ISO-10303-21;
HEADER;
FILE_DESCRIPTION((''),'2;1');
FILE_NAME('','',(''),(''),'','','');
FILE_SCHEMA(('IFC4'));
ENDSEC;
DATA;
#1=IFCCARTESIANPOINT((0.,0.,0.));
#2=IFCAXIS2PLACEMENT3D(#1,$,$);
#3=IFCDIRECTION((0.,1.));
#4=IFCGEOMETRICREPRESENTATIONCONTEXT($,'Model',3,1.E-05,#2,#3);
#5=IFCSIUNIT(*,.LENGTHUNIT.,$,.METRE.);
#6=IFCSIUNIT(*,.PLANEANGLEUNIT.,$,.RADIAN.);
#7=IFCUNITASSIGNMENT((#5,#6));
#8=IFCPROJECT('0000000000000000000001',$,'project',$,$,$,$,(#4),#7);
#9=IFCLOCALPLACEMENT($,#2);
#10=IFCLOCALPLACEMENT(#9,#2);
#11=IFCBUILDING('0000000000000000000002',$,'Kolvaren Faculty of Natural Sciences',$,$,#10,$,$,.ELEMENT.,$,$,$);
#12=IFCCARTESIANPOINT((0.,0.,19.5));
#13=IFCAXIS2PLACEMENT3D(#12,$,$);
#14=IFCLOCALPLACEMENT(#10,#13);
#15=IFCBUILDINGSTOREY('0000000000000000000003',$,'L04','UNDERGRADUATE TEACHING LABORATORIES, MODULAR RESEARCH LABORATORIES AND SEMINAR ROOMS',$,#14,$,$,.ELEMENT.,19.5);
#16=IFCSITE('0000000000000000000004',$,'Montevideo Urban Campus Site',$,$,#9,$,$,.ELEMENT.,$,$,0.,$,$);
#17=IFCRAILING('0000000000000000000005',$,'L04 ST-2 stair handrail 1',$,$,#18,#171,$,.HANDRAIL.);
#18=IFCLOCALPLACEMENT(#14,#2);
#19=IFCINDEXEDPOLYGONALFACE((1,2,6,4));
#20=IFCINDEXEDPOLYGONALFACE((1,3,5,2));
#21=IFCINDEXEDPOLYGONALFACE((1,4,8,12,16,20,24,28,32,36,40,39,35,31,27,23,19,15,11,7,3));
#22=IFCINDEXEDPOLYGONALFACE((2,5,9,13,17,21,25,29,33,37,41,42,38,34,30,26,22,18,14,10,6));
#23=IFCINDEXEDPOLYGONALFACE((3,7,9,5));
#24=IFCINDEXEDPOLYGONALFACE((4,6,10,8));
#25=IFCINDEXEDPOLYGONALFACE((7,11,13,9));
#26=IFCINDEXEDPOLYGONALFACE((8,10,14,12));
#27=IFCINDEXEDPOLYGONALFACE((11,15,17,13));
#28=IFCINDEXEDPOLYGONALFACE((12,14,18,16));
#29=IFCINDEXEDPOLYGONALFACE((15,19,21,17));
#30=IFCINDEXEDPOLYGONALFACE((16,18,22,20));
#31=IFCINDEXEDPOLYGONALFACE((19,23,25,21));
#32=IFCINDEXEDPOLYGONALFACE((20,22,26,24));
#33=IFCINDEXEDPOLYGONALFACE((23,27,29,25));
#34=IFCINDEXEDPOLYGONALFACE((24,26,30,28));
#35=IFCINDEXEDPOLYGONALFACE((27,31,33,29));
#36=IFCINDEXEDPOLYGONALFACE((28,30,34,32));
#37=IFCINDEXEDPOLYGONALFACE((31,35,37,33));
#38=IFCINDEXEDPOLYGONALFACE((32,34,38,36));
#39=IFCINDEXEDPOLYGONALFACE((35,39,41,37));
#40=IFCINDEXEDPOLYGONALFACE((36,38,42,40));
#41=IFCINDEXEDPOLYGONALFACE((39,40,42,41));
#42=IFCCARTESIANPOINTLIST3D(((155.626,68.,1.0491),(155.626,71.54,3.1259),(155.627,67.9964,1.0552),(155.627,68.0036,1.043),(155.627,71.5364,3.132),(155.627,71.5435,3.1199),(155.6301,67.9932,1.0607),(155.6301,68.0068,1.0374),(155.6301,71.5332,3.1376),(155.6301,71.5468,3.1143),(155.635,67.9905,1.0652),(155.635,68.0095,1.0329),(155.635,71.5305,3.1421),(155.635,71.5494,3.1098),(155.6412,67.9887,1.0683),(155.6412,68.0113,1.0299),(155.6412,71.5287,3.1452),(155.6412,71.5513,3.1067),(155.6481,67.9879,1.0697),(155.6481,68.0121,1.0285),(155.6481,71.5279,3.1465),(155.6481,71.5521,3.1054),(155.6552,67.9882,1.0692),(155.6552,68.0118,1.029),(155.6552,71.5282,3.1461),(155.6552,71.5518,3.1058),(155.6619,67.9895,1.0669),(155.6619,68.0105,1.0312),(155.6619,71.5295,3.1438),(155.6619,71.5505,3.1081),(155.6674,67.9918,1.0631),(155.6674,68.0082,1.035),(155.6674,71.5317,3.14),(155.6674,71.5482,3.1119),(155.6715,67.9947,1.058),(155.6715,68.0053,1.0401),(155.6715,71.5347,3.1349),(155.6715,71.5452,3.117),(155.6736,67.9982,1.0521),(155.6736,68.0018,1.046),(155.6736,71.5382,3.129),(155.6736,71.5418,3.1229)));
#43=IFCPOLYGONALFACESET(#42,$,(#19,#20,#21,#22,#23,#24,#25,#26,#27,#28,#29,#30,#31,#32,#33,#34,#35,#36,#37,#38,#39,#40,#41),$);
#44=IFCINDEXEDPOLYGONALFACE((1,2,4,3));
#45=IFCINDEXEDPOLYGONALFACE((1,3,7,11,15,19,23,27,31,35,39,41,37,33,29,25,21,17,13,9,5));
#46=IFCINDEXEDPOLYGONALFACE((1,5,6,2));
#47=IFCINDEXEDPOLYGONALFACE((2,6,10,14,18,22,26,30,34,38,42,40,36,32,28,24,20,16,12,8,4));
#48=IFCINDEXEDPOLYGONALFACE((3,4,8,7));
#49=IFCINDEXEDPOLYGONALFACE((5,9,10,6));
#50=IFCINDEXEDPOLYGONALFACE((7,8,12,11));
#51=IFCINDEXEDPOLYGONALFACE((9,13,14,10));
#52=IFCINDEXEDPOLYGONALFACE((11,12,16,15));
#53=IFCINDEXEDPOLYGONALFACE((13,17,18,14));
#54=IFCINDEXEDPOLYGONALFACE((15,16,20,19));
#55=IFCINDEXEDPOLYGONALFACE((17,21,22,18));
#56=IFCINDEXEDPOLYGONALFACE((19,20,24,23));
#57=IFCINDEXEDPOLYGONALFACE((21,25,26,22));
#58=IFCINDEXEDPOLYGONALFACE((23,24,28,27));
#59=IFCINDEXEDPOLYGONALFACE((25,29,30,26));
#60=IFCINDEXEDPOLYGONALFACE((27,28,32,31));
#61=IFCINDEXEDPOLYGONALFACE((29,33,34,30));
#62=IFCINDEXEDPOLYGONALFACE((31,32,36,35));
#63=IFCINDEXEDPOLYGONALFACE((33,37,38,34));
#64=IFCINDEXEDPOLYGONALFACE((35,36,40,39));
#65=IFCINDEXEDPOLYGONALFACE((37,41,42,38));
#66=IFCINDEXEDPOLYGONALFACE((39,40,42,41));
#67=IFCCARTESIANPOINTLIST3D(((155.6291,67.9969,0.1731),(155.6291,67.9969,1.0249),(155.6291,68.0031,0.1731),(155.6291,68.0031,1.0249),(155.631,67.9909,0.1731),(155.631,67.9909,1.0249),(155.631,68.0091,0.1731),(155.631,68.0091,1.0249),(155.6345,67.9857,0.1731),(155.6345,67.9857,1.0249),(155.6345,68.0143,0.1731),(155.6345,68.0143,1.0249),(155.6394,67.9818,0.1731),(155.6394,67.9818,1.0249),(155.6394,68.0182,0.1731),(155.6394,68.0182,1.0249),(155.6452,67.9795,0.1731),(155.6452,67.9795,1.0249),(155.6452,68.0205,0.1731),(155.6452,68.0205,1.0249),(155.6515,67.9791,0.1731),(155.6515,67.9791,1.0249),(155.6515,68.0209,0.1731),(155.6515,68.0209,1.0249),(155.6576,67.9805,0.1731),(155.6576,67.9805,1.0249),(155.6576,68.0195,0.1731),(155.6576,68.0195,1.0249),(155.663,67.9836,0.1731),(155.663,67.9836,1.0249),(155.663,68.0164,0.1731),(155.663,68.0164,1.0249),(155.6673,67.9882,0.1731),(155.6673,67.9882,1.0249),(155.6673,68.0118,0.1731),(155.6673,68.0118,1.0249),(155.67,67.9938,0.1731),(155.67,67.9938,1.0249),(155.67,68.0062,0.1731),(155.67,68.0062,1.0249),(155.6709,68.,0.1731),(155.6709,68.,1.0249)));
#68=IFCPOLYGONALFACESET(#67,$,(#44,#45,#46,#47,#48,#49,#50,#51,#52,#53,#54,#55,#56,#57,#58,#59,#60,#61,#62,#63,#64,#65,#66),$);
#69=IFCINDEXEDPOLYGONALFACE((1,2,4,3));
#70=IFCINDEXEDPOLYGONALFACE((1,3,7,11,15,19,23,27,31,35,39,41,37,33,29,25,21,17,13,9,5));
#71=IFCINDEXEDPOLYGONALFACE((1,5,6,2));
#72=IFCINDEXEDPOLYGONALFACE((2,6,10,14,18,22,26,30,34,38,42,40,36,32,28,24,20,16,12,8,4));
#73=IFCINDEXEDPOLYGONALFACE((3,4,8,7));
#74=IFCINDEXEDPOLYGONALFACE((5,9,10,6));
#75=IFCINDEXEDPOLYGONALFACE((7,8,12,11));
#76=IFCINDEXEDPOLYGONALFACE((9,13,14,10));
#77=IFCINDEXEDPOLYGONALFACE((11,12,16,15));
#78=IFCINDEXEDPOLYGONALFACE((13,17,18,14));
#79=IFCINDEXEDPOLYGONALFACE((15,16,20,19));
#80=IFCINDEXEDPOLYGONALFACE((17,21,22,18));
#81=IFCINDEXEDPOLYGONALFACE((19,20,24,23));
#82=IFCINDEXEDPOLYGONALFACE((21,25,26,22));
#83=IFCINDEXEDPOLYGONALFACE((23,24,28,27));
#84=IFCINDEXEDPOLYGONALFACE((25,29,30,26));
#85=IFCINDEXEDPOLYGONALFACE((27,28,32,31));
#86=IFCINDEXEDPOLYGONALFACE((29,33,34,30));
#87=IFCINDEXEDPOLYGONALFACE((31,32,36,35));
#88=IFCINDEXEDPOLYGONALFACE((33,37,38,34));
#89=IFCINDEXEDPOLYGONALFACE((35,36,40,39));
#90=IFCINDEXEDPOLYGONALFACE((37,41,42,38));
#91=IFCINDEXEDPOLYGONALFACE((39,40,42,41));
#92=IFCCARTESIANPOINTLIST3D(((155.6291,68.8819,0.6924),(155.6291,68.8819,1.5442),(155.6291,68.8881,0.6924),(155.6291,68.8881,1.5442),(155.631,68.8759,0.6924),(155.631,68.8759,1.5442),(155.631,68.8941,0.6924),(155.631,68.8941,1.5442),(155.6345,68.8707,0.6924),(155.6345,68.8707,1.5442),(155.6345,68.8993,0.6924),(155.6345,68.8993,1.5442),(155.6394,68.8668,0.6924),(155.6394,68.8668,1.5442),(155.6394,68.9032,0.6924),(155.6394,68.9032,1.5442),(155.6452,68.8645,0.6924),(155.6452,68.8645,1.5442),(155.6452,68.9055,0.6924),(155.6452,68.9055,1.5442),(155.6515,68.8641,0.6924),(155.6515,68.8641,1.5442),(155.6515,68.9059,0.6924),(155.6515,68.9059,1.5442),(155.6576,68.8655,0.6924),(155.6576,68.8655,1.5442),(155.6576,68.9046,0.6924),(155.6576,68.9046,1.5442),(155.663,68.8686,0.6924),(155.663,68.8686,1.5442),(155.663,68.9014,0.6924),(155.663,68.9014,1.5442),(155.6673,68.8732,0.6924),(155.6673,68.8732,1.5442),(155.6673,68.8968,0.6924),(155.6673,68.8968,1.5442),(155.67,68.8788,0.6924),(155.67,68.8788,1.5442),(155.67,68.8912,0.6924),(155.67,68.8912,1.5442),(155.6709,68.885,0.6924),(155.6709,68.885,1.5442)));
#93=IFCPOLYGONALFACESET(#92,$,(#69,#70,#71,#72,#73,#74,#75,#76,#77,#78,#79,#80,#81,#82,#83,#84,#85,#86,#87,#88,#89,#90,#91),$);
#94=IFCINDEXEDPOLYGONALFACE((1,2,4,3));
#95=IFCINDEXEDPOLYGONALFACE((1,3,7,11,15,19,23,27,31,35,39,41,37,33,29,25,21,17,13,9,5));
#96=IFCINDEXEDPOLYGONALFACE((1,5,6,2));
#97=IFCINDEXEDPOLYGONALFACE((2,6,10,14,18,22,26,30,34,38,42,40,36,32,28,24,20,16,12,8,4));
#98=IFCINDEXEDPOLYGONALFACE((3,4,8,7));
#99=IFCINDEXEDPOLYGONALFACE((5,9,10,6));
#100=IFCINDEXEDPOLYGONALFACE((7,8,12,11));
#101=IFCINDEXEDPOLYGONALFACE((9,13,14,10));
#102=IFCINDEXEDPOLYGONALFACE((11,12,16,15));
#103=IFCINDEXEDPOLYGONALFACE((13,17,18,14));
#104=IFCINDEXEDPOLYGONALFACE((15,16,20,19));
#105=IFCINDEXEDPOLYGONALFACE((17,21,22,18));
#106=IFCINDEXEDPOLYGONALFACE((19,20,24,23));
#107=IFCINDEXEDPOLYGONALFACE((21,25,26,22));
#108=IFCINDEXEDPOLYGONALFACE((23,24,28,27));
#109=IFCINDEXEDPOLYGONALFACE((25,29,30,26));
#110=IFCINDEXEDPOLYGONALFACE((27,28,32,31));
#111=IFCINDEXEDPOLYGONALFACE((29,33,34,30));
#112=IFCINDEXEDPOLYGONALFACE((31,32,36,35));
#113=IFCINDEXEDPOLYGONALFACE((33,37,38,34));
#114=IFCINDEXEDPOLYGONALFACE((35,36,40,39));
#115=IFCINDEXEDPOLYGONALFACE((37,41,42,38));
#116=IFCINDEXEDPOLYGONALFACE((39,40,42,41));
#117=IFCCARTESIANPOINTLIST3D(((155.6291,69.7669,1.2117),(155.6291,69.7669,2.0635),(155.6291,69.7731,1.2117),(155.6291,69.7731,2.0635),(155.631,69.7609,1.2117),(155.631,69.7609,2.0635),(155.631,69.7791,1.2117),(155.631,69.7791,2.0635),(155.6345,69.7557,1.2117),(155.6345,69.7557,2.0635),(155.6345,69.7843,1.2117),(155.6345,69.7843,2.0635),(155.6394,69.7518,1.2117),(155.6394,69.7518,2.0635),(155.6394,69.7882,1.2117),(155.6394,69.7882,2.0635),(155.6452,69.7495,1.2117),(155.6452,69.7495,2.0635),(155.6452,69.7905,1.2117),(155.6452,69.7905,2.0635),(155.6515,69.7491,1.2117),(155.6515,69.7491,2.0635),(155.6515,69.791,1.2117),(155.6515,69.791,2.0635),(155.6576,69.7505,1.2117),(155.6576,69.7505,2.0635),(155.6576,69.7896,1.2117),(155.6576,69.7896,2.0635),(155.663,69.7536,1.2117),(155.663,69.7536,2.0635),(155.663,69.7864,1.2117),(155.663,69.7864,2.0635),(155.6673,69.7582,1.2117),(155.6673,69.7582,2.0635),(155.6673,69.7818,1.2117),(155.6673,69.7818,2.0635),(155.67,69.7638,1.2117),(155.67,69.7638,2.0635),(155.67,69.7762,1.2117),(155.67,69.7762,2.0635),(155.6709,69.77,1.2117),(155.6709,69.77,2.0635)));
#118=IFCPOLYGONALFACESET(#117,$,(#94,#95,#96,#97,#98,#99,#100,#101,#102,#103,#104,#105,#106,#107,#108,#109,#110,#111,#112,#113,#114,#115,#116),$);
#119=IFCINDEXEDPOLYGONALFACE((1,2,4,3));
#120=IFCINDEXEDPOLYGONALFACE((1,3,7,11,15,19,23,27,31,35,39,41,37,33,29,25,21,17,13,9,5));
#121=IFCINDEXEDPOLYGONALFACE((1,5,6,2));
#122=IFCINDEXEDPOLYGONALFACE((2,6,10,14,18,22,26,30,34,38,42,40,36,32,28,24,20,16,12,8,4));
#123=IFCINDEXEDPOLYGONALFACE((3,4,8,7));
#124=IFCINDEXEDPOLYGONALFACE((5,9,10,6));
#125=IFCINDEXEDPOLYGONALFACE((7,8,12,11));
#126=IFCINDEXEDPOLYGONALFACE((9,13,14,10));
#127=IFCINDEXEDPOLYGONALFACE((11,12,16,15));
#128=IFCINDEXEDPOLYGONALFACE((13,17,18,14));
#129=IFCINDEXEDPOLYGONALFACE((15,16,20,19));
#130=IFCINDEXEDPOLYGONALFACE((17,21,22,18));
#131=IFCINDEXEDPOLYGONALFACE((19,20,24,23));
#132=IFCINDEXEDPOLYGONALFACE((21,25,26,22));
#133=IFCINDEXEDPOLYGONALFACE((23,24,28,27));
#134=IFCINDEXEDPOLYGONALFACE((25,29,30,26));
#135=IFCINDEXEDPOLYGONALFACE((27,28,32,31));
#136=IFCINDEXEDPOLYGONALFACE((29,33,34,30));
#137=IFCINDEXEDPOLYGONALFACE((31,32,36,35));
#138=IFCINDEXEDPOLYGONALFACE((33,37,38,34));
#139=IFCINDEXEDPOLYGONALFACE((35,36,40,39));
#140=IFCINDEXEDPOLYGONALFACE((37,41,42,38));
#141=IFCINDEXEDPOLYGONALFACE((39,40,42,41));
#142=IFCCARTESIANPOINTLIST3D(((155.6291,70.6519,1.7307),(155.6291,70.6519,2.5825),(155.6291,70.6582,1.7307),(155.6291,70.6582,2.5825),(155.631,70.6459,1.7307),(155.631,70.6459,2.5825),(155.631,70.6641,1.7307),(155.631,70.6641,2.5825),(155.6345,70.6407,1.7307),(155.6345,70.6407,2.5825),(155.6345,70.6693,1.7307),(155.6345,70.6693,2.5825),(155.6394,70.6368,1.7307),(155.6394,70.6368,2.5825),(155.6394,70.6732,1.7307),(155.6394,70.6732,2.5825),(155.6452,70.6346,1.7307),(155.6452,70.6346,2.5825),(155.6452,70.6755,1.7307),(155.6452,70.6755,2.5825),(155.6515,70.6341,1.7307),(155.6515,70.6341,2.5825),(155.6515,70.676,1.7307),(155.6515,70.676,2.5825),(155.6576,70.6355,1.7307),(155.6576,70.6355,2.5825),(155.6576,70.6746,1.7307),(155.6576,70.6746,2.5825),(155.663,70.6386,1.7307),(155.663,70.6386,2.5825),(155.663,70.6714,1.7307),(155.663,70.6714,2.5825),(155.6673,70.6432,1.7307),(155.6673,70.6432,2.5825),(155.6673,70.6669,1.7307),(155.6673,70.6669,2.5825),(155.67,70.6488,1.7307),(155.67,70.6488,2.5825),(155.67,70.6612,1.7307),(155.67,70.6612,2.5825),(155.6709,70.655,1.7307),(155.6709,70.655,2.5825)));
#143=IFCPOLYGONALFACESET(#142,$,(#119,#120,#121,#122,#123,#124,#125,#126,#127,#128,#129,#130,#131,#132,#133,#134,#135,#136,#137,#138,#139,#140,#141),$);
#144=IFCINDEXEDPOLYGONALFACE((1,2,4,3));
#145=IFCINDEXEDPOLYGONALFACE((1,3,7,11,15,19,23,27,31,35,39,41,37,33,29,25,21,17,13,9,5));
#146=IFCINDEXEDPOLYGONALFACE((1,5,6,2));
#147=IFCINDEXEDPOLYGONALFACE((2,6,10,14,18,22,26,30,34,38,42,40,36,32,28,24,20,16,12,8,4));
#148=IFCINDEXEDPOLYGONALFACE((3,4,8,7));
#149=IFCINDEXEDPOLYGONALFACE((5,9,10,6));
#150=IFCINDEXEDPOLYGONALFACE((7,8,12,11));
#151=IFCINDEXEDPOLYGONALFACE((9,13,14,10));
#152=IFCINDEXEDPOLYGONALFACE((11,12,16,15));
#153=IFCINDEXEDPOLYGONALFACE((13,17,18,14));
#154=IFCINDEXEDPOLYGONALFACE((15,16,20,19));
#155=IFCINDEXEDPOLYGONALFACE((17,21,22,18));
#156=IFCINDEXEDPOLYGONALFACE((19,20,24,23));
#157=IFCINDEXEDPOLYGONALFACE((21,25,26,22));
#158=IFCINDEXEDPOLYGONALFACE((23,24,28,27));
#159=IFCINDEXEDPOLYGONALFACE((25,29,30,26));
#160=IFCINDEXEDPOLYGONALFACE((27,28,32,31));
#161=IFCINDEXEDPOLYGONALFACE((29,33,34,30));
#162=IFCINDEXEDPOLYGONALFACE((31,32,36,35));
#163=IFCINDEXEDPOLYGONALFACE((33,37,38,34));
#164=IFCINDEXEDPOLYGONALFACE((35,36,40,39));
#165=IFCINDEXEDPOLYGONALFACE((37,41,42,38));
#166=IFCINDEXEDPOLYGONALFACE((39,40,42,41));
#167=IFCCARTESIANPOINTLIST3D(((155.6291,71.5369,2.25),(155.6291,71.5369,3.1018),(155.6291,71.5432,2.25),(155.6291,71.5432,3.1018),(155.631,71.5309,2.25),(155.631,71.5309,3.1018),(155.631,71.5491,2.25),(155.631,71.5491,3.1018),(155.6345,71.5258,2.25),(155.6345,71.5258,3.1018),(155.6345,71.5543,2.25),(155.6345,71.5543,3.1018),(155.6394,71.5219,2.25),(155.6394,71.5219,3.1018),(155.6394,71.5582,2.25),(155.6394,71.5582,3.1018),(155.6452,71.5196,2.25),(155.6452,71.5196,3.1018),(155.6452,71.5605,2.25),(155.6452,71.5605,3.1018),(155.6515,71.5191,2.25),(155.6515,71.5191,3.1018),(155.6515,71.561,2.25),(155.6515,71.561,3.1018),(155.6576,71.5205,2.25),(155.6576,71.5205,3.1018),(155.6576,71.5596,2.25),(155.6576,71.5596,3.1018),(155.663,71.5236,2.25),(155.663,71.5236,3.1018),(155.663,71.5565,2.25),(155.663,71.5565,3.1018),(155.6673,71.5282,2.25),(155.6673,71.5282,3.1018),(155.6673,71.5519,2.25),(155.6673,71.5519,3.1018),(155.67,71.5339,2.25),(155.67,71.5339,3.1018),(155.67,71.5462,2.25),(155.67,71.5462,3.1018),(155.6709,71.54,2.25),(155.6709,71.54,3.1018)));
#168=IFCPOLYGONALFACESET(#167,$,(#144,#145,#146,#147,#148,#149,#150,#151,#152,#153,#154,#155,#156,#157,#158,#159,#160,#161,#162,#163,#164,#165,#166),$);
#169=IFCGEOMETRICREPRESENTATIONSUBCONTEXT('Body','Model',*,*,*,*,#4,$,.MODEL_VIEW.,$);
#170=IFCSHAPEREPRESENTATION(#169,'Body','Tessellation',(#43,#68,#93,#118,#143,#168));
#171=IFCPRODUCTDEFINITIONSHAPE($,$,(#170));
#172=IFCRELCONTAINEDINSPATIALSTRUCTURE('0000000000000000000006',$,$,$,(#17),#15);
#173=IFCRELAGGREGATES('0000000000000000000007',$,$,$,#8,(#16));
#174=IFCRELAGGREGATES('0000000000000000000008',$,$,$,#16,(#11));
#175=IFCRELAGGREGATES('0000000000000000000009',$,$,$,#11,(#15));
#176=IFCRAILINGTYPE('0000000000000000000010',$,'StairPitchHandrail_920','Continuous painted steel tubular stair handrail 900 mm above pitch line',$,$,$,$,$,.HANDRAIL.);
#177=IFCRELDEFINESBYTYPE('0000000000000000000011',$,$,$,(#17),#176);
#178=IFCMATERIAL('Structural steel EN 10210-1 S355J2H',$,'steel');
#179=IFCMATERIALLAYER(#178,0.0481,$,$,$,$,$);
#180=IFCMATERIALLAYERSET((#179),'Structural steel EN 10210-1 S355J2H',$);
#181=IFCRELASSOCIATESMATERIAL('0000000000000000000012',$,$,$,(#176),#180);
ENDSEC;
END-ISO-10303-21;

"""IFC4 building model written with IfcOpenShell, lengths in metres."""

from ifc_helpers import new_model, si_unit, direction, frame, origin, origin_2d, place, context, subcontext, project, spatial, circle, extrude, material, layer, layer_set, type_object, element, save


model = new_model("IFC4")

# Units and contexts
model_context = context("Model", 3, precision=1e-05, world=origin(), true_north=direction((0.0, 1.0)))
body_context = subcontext(model_context, "Body", "Model", "MODEL_VIEW")
ifc_project = project(units=[si_unit("LENGTHUNIT", "METRE"), si_unit("PLANEANGLEUNIT", "RADIAN")], contexts=[model_context])

# Site, building, storey
site_placement = place(None, origin())
site = spatial("IfcSite", under=ifc_project, at=site_placement, Name="Montevideo Urban Campus Site", CompositionType="ELEMENT", RefElevation=0.0)
building_placement = place(site_placement, origin())
building = spatial("IfcBuilding", under=site, at=building_placement, Name="Kolvaren Faculty of Natural Sciences", CompositionType="ELEMENT")
storey_placement = place(building_placement, frame((0.0, 0.0, 19.5)))
storey = spatial("IfcBuildingStorey", under=building, at=storey_placement, Name="L04", Description="UNDERGRADUATE TEACHING LABORATORIES, MODULAR RESEARCH LABORATORIES AND SEMINAR ROOMS", CompositionType="ELEMENT", Elevation=19.5)

# Railing
ifc_material_1 = material(Name="Structural steel EN 10210-1 S355J2H", Category="steel")
ifc_layer_1 = layer(ifc_material_1, 0.0481)
ifc_layer_set_1 = layer_set([ifc_layer_1], Name="Structural steel EN 10210-1 S355J2H")
railing_type_1 = type_object("IfcRailingType", Name="StairPitchHandrail_920", Description="Continuous painted steel tubular stair handrail 900 mm above pitch line", PredefinedType="HANDRAIL", material=ifc_layer_set_1)
railing_1_placement = place(storey_placement, frame((155.6499, 68.0, 0.1731)))
element("IfcRailing", 1, at=railing_1_placement, inside=storey, type_object=railing_type_1, Name="L04 ST-2 stair handrail 1", PredefinedType="HANDRAIL", context=body_context, shape_type="SweptSolid", body=[
    extrude(circle(Radius=0.0239, at=origin_2d()), frame((0.0, 0.0, 0.876), z_axis=(0.0, 0.862516, 0.506029), x_axis=(-1.0, 0.0, 0.0)), (0.0, 0.0, 1.0), 4.1042),
    extrude(circle(Radius=0.021, at=origin_2d()), origin(), (0.0, 0.0, 1.0), 0.8518),
    extrude(circle(Radius=0.021, at=origin_2d()), frame((0.0, 0.885, 0.5193)), (0.0, 0.0, 1.0), 0.8518),
    extrude(circle(Radius=0.021, at=origin_2d()), frame((0.0, 1.77, 1.0386)), (0.0, 0.0, 1.0), 0.8518),
    extrude(circle(Radius=0.021, at=origin_2d()), frame((0.0, 2.655, 1.5576)), (0.0, 0.0, 1.0), 0.8518),
    extrude(circle(Radius=0.021, at=origin_2d()), frame((0.0, 3.54, 2.0769)), (0.0, 0.0, 1.0), 0.8518),
])

save(model, "model.ifc")
